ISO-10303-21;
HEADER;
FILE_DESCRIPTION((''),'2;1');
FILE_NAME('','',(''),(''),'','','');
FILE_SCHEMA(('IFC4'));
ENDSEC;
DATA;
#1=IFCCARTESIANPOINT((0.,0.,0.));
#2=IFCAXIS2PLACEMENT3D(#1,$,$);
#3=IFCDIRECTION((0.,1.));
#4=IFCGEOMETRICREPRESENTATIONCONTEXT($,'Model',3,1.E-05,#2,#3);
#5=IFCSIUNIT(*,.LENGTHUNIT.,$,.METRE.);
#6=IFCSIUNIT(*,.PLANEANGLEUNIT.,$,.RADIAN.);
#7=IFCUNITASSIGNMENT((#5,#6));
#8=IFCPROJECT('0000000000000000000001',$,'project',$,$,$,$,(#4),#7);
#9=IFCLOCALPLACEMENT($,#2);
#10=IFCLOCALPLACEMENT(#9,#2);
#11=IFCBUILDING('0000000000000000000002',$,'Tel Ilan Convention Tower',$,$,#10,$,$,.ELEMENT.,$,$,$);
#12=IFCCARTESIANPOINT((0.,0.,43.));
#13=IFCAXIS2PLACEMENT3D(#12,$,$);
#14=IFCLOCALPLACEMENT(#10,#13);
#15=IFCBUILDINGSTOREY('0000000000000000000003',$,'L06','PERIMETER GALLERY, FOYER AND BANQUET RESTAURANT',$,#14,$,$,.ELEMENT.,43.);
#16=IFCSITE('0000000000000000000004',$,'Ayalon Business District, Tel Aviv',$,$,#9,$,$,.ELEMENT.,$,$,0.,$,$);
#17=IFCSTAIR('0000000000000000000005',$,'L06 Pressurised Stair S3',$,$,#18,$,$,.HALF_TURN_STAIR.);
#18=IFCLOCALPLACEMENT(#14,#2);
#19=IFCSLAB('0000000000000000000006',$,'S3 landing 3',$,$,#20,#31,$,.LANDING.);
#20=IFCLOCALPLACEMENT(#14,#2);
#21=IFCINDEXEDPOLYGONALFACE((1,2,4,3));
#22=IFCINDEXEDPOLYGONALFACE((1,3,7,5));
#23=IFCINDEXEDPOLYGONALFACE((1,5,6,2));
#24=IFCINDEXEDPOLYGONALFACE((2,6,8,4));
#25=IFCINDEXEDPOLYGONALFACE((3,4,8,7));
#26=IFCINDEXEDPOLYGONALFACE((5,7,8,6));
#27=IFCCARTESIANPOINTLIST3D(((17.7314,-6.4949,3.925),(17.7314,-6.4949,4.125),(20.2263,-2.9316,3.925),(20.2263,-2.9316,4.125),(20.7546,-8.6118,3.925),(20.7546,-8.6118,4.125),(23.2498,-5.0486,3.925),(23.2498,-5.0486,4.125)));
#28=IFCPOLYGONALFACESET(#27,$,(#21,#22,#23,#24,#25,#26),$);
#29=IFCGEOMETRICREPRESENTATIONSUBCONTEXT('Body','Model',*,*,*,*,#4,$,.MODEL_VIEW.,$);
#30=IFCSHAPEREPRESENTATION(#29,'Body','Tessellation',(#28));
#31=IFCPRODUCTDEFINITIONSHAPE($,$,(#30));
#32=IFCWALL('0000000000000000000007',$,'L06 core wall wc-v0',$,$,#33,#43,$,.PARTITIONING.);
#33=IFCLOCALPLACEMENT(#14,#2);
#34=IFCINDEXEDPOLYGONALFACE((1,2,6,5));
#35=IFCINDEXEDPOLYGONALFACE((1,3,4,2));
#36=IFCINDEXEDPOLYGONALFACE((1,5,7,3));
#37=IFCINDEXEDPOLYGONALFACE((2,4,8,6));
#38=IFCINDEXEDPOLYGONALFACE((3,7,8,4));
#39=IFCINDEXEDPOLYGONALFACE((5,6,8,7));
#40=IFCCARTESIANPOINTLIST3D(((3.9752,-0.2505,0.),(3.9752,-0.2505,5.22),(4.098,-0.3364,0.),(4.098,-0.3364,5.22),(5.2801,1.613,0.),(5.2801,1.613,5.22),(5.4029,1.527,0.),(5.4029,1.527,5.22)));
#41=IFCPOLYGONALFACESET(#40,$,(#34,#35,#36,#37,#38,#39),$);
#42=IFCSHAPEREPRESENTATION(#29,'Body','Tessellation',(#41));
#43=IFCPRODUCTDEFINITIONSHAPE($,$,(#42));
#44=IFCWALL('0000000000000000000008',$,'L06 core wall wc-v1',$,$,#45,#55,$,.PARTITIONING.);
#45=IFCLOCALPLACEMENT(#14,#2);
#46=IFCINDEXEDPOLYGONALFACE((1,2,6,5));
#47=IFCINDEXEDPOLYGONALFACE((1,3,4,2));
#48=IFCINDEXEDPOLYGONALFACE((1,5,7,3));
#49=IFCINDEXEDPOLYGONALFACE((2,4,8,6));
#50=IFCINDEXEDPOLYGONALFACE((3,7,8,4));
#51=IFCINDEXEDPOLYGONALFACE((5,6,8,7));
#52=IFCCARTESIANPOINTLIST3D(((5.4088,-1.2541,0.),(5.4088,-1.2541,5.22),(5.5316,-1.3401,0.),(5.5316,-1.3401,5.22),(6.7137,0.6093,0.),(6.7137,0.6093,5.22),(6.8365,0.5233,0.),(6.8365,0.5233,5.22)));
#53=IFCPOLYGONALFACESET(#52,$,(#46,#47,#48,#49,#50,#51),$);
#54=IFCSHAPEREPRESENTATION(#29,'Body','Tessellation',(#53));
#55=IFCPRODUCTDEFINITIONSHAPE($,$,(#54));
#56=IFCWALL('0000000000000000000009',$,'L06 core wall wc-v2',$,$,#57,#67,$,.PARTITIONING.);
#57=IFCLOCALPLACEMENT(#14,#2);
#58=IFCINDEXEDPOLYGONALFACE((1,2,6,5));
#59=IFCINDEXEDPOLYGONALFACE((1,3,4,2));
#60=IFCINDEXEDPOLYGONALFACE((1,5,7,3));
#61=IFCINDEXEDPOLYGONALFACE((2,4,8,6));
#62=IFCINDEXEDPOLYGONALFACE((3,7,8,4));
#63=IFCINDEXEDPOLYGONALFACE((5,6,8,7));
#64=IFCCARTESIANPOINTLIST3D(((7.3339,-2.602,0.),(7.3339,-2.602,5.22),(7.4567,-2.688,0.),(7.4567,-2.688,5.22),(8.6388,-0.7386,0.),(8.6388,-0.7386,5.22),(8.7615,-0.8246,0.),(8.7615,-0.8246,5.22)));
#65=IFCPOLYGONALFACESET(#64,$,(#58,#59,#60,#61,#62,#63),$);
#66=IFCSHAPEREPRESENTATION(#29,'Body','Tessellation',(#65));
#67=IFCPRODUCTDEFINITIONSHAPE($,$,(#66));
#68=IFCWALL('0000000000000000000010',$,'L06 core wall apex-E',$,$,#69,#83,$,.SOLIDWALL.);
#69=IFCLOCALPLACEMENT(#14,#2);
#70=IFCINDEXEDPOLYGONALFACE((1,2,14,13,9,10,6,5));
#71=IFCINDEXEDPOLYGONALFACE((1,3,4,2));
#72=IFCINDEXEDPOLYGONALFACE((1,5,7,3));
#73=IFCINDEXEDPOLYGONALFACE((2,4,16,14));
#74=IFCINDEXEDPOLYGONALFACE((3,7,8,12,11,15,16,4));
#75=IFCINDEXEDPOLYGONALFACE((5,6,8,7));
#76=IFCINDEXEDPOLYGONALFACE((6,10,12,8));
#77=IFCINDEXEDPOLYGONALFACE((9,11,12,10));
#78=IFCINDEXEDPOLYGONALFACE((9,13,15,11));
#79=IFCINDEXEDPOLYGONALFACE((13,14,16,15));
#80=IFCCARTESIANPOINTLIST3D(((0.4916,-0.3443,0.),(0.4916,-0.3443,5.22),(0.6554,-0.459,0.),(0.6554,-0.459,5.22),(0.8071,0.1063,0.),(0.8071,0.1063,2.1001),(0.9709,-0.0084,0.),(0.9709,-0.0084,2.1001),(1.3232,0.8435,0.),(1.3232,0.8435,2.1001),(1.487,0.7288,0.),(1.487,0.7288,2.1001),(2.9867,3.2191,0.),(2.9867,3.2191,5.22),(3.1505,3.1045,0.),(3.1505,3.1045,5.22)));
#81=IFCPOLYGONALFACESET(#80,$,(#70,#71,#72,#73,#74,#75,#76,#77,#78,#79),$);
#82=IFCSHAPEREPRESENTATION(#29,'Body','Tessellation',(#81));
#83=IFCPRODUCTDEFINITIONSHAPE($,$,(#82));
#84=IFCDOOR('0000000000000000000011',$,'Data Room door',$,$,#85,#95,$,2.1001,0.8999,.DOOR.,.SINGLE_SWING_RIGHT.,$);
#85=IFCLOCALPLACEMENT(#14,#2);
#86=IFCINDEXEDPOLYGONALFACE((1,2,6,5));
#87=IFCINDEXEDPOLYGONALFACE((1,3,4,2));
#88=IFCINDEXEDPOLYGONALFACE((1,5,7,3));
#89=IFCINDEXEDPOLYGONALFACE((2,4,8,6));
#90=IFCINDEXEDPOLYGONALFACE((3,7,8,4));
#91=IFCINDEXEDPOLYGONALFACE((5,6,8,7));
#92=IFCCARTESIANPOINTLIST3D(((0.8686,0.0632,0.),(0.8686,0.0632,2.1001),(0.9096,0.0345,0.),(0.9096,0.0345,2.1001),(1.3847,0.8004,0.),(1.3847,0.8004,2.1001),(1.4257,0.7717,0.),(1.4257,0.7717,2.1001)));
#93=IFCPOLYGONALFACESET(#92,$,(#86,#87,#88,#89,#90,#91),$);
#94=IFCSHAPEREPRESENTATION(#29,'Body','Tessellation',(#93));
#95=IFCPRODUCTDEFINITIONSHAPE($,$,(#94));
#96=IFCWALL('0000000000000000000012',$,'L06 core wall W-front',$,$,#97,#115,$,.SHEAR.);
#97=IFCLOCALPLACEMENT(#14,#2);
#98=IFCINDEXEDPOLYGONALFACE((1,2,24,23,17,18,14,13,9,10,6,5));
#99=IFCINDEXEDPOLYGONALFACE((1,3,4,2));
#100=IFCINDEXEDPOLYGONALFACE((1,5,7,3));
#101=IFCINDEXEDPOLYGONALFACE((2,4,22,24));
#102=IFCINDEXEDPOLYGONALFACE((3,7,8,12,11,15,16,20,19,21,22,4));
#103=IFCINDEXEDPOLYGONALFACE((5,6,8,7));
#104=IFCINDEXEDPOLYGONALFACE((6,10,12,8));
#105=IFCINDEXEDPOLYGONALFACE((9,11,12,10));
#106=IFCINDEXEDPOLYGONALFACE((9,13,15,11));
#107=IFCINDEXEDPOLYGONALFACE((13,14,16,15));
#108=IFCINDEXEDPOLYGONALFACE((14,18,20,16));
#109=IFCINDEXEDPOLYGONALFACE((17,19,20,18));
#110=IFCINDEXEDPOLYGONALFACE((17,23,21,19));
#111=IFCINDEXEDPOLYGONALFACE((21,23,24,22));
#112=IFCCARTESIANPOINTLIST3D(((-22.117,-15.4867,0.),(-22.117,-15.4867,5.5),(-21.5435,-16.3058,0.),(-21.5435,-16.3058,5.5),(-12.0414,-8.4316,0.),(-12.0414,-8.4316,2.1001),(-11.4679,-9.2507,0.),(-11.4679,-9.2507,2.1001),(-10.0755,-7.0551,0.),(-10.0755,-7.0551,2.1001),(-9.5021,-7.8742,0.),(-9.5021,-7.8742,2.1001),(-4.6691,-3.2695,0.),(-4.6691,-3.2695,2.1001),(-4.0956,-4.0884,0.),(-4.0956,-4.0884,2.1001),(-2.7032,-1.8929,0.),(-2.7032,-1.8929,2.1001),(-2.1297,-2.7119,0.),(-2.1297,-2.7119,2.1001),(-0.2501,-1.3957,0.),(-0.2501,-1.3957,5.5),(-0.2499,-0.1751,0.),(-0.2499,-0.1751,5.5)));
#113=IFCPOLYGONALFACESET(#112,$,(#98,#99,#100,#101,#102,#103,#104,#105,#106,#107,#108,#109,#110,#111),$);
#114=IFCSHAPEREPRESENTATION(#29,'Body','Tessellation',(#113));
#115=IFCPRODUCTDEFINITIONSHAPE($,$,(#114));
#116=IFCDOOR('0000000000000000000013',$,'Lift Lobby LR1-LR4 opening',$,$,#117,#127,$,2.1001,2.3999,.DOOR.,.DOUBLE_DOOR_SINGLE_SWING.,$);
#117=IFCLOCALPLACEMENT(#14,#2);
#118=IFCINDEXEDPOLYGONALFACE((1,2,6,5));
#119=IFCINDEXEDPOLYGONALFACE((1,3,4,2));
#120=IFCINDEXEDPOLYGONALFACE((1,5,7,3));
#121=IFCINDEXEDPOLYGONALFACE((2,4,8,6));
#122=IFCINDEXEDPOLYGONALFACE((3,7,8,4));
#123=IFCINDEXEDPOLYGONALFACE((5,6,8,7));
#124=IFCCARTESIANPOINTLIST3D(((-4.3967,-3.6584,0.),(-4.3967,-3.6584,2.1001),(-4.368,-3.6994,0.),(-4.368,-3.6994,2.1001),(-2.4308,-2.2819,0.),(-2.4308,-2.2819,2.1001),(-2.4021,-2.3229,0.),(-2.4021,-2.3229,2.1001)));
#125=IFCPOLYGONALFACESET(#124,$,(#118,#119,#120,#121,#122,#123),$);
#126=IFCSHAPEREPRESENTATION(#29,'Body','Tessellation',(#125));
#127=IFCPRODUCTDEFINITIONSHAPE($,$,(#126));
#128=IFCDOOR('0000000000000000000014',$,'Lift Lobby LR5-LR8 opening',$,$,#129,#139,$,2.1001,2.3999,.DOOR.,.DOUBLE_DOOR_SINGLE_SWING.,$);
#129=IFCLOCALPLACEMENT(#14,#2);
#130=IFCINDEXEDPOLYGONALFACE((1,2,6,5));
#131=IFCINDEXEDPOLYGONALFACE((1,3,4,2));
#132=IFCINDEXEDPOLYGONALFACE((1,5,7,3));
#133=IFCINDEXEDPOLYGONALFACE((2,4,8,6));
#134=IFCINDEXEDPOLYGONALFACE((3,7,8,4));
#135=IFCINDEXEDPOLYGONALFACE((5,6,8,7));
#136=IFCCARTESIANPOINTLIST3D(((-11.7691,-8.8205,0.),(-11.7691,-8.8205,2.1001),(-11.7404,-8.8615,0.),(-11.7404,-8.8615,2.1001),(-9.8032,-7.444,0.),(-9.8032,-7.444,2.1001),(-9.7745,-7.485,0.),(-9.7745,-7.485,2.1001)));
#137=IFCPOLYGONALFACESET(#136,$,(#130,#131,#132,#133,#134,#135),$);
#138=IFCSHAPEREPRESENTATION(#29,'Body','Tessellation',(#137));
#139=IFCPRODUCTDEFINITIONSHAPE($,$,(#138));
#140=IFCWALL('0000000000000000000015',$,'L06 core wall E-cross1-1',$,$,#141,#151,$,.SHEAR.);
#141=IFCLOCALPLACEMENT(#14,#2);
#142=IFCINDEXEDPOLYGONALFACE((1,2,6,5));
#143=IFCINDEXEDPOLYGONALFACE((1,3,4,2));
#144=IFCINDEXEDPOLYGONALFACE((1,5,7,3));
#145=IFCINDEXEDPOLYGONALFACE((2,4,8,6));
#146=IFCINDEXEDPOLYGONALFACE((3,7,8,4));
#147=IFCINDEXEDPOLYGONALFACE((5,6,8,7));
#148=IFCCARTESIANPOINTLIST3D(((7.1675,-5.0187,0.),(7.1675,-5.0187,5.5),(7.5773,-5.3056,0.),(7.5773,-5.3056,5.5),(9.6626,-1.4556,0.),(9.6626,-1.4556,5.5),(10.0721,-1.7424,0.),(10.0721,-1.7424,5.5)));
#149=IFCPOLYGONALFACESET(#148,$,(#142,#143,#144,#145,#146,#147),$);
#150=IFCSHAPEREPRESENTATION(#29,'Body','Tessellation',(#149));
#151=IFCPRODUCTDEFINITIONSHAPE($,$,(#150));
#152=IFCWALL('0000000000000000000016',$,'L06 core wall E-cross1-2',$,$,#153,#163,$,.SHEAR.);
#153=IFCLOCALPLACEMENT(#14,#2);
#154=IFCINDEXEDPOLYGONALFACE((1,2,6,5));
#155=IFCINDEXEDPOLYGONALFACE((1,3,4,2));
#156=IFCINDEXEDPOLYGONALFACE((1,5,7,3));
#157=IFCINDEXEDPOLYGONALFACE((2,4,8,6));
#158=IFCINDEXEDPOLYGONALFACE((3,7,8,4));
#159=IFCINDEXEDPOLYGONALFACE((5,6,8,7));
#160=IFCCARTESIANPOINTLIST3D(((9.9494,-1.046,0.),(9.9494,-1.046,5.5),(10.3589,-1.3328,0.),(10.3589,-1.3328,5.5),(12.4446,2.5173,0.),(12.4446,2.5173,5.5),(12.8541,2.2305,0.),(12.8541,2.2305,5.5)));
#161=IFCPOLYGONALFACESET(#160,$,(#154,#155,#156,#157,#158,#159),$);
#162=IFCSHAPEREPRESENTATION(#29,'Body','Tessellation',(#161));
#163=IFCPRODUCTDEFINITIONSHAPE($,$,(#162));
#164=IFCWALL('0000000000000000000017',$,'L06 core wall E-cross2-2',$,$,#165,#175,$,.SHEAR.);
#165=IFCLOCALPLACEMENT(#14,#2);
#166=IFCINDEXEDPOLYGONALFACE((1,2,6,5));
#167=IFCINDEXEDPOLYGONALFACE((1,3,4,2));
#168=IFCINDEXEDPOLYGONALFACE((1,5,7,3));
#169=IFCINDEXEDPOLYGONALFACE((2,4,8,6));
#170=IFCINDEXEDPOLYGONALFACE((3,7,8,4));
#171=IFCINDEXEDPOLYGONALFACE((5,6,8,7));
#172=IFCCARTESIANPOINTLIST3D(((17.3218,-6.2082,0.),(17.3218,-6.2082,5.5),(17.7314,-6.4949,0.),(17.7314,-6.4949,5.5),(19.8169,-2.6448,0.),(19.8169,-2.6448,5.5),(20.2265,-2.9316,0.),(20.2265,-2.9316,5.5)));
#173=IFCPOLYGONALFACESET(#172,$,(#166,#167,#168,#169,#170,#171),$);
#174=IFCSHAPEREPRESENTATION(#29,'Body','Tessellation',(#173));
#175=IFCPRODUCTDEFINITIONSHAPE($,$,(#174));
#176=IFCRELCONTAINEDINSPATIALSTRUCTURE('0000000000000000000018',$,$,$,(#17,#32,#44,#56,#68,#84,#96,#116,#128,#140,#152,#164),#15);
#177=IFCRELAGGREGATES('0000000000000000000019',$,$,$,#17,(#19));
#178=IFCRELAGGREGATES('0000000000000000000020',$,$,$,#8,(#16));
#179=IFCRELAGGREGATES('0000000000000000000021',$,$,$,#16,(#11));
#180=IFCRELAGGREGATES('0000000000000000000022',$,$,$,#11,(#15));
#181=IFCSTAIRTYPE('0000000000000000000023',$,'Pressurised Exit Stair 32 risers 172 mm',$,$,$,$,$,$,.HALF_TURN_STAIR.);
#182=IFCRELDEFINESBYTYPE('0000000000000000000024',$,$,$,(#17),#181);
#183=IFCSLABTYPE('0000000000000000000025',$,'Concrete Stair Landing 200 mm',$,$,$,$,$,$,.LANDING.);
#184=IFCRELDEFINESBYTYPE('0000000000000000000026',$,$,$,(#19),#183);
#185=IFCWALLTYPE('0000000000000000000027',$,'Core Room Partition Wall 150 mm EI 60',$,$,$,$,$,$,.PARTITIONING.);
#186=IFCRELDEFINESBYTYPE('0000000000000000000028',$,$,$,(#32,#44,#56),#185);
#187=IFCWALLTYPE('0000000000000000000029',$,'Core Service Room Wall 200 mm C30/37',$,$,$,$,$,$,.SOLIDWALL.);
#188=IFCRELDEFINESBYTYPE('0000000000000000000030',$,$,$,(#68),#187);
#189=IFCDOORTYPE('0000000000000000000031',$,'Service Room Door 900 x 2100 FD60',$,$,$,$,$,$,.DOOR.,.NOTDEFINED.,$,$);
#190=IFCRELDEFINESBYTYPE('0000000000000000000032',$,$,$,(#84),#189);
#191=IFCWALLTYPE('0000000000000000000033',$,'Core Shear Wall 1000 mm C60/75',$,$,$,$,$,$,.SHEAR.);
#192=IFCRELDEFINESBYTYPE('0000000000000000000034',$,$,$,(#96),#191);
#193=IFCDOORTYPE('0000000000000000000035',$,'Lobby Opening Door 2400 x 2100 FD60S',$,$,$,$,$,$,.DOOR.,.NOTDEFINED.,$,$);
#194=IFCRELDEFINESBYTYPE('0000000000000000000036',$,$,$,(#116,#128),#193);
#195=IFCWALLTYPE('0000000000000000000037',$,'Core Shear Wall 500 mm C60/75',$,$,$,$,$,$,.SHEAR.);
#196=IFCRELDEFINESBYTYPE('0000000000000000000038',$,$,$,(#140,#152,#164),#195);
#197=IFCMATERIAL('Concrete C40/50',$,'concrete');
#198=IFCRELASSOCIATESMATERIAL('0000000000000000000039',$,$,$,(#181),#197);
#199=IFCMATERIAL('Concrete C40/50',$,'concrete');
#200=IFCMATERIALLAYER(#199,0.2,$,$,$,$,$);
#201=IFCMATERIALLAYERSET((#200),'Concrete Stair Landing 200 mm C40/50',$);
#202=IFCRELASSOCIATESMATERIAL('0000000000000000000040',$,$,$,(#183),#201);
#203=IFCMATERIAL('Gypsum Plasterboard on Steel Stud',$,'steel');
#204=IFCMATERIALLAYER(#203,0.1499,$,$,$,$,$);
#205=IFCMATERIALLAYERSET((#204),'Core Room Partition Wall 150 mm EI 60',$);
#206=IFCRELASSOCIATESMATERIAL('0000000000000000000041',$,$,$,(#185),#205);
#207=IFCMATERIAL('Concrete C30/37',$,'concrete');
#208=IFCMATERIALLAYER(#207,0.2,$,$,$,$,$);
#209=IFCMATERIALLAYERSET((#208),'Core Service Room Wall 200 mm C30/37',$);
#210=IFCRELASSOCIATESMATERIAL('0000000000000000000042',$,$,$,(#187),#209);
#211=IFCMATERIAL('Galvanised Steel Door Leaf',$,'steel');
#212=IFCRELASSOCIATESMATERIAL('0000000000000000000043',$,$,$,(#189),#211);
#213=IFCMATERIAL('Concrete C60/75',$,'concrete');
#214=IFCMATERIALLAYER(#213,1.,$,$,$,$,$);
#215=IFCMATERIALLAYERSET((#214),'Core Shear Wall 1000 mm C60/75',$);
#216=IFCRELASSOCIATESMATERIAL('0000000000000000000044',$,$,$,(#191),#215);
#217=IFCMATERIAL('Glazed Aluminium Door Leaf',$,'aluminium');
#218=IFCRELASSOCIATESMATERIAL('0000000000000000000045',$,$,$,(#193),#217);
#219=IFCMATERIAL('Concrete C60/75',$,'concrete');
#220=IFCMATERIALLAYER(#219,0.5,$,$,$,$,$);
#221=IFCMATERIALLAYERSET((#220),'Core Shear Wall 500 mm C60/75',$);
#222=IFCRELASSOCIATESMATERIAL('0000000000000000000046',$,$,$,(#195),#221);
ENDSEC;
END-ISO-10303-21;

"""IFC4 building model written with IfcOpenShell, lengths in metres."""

from ifc_helpers import new_model, si_unit, direction, frame, frame_2d, origin, place, context, subcontext, project, spatial, polyline, rectangle, outline, extrude, material, layer, layer_set, type_object, element, fill, aggregate, save


model = new_model("IFC4")

# Units and contexts
model_context = context("Model", 3, precision=1e-05, world=origin(), true_north=direction((0.0, 1.0)))
body_context = subcontext(model_context, "Body", "Model", "MODEL_VIEW")
ifc_project = project(units=[si_unit("LENGTHUNIT", "METRE"), si_unit("PLANEANGLEUNIT", "RADIAN")], contexts=[model_context])

# Site, building, storey
site_placement = place(None, origin())
site = spatial("IfcSite", under=ifc_project, at=site_placement, Name="Ayalon Business District, Tel Aviv", CompositionType="ELEMENT", RefElevation=0.0)
building_placement = place(site_placement, origin())
building = spatial("IfcBuilding", under=site, at=building_placement, Name="Tel Ilan Convention Tower", CompositionType="ELEMENT")
storey_placement = place(building_placement, frame((0.0, 0.0, 43.0)))
storey = spatial("IfcBuildingStorey", under=building, at=storey_placement, Name="L06", Description="PERIMETER GALLERY, FOYER AND BANQUET RESTAURANT", CompositionType="ELEMENT", Elevation=43.0)

# Stair, slab
ifc_material_1 = material(Name="Concrete C40/50", Category="concrete")
stair_type = type_object("IfcStairType", Name="Pressurised Exit Stair 32 risers 172 mm", PredefinedType="HALF_TURN_STAIR", material=ifc_material_1)
stair_placement = place(storey_placement, origin())
stair = element("IfcStair", 1, at=stair_placement, inside=storey, type_object=stair_type, Name="L06 Pressurised Stair S3", PredefinedType="HALF_TURN_STAIR")
ifc_material_2 = material(Name="Concrete C40/50", Category="concrete")
ifc_layer_1 = layer(ifc_material_2, 0.2)
ifc_layer_set_1 = layer_set([ifc_layer_1], Name="Concrete Stair Landing 200 mm C40/50")
slab_type = type_object("IfcSlabType", Name="Concrete Stair Landing 200 mm", PredefinedType="LANDING", material=ifc_layer_set_1)
slab_placement = place(storey_placement, frame((0.0, 0.0, 3.925)))
slab = element("IfcSlab", 2, at=slab_placement, type_object=slab_type, Name="S3 landing 3", PredefinedType="LANDING", context=body_context, shape_type="SweptSolid", body=[
    extrude(outline(polyline([(23.2498, -5.0486), (20.2263, -2.9316), (17.7314, -6.4949), (20.7546, -8.6118), (23.2498, -5.0486)])), origin(), (0.0, 0.0, 1.0), 0.2),
])
aggregate(stair, [slab])

# Walls
ifc_material_3 = material(Name="Gypsum Plasterboard on Steel Stud", Category="steel")
ifc_layer_2 = layer(ifc_material_3, 0.1499)
ifc_layer_set_2 = layer_set([ifc_layer_2], Name="Core Room Partition Wall 150 mm EI 60")
wall_type_1 = type_object("IfcWallType", Name="Core Room Partition Wall 150 mm EI 60", PredefinedType="PARTITIONING", material=ifc_layer_set_2)
for number, where, z_axis, x_axis, name in (
    (3, (4.0366, -0.2935, 0.0), (0.0, 0.0, 1.0), (0.573599, 0.819136, 0.0), "L06 core wall wc-v0"),
    (4, (5.4702, -1.2971, 0.0), (0.0, 0.0, 1.0), (0.573599, 0.819136, 0.0), "L06 core wall wc-v1"),
    (5, (7.3953, -2.645, 0.0), (0.0, 0.0, 1.0), (0.573599, 0.819136, 0.0), "L06 core wall wc-v2"),
):
    element("IfcWall", number, at=place(storey_placement, frame(where, z_axis=z_axis, x_axis=x_axis)), inside=storey, type_object=wall_type_1, Name=name, PredefinedType="PARTITIONING", context=body_context, shape_type="SweptSolid", body=[
        extrude(rectangle(XDim=2.2749, YDim=0.1499, at=frame_2d((1.1375, 0.0))), origin(), (0.0, 0.0, 1.0), 5.22),
    ])

# Wall, opening, door
ifc_material_4 = material(Name="Concrete C30/37", Category="concrete")
ifc_layer_3 = layer(ifc_material_4, 0.2)
ifc_layer_set_3 = layer_set([ifc_layer_3], Name="Core Service Room Wall 200 mm C30/37")
wall_type_2 = type_object("IfcWallType", Name="Core Service Room Wall 200 mm C30/37", PredefinedType="SOLIDWALL", material=ifc_layer_set_3)
wall_1_placement = place(storey_placement, frame((0.5735, -0.4016, 0.0), z_axis=(0.0, 0.0, 1.0), x_axis=(0.573568, 0.819158, 0.0)))
wall_1 = element("IfcWall", 6, at=wall_1_placement, inside=storey, type_object=wall_type_2, Name="L06 core wall apex-E", PredefinedType="SOLIDWALL", context=body_context, shape_type="SweptSolid", body=[
    extrude(rectangle(XDim=4.3501, YDim=0.2, at=frame_2d((2.175, 0.0))), origin(), (0.0, 0.0, 1.0), 5.22),
])
opening_1_placement = place(wall_1_placement, frame((0.55, 0.0, 0.0)))
opening_1 = element("IfcOpeningElement", 7, at=opening_1_placement, cuts=wall_1, PredefinedType="OPENING", context=body_context, shape_type="SweptSolid", body=[
    extrude(rectangle(XDim=0.8999, YDim=2.1001, at=frame_2d((0.45, 1.05))), frame((0.0, 0.1099, 0.0), z_axis=(0.0, -1.0, 0.0), x_axis=(1.0, 0.0, 0.0)), (0.0, 0.0, 1.0), 0.22),
])
ifc_material_5 = material(Name="Galvanised Steel Door Leaf", Category="steel")
door_type_1 = type_object("IfcDoorType", Name="Service Room Door 900 x 2100 FD60", OperationType="NOTDEFINED", PredefinedType="DOOR", material=ifc_material_5)
door_1_placement = place(opening_1_placement, origin())
door_1 = element("IfcDoor", 8, at=door_1_placement, inside=storey, type_object=door_type_1, Name="Data Room door", OperationType="SINGLE_SWING_RIGHT", OverallHeight=2.1001, OverallWidth=0.8999, PredefinedType="DOOR", context=body_context, shape_type="SweptSolid", body=[
    extrude(rectangle(XDim=0.8999, YDim=2.1001, at=frame_2d((0.45, 1.05))), frame((0.0, 0.0249, 0.0), z_axis=(0.0, -1.0, 0.0), x_axis=(1.0, 0.0, 0.0)), (0.0, 0.0, 1.0), 0.05),
])
fill(opening_1, door_1)

# Wall, openings, doors
ifc_material_6 = material(Name="Concrete C60/75", Category="concrete")
ifc_layer_4 = layer(ifc_material_6, 1.0)
ifc_layer_set_4 = layer_set([ifc_layer_4], Name="Core Shear Wall 1000 mm C60/75")
wall_type_3 = type_object("IfcWallType", Name="Core Shear Wall 1000 mm C60/75", PredefinedType="SHEAR", material=ifc_layer_set_4)
wall_2_placement = place(storey_placement, frame((0.0369, -0.5847, 0.0), z_axis=(0.0, 0.0, 1.0), x_axis=(-0.819157, -0.573569, 0.0)))
wall_2 = element("IfcWall", 9, at=wall_2_placement, inside=storey, type_object=wall_type_3, Name="L06 core wall W-front", PredefinedType="SHEAR", context=body_context, shape_type="SweptSolid", body=[
    extrude(outline(polyline([(26.6948, 0.5002), (0.7002, 0.4998), (0.0, -0.5), (26.6948, -0.4998), (26.6948, 0.5002)])), origin(), (0.0, 0.0, 1.0), 5.5),
])
opening_2_placement = place(wall_2_placement, frame((2.9949, 0.0, 0.0)))
opening_2 = element("IfcOpeningElement", 10, at=opening_2_placement, cuts=wall_2, PredefinedType="OPENING", context=body_context, shape_type="SweptSolid", body=[
    extrude(rectangle(XDim=2.3999, YDim=2.1001, at=frame_2d((1.2, 1.05))), frame((0.0, 0.51, 0.0), z_axis=(0.0, -1.0, 0.0), x_axis=(1.0, 0.0, 0.0)), (0.0, 0.0, 1.0), 1.02),
])
opening_3_placement = place(wall_2_placement, frame((11.9949, 0.0, 0.0)))
opening_3 = element("IfcOpeningElement", 11, at=opening_3_placement, cuts=wall_2, PredefinedType="OPENING", context=body_context, shape_type="SweptSolid", body=[
    extrude(rectangle(XDim=2.3999, YDim=2.1001, at=frame_2d((1.2, 1.05))), frame((0.0, 0.51, 0.0), z_axis=(0.0, -1.0, 0.0), x_axis=(1.0, 0.0, 0.0)), (0.0, 0.0, 1.0), 1.02),
])
ifc_material_7 = material(Name="Glazed Aluminium Door Leaf", Category="aluminium")
door_type_2 = type_object("IfcDoorType", Name="Lobby Opening Door 2400 x 2100 FD60S", OperationType="NOTDEFINED", PredefinedType="DOOR", material=ifc_material_7)
door_2_placement = place(opening_2_placement, origin())
door_2 = element("IfcDoor", 12, at=door_2_placement, inside=storey, type_object=door_type_2, Name="Lift Lobby LR1-LR4 opening", OperationType="DOUBLE_DOOR_SINGLE_SWING", OverallHeight=2.1001, OverallWidth=2.3999, PredefinedType="DOOR", context=body_context, shape_type="SweptSolid", body=[
    extrude(rectangle(XDim=2.3999, YDim=2.1001, at=frame_2d((1.2, 1.05))), frame((0.0, 0.0249, 0.0), z_axis=(0.0, -1.0, 0.0), x_axis=(1.0, 0.0, 0.0)), (0.0, 0.0, 1.0), 0.05),
])
fill(opening_2, door_2)
door_3_placement = place(opening_3_placement, origin())
door_3 = element("IfcDoor", 13, at=door_3_placement, inside=storey, type_object=door_type_2, Name="Lift Lobby LR5-LR8 opening", OperationType="DOUBLE_DOOR_SINGLE_SWING", OverallHeight=2.1001, OverallWidth=2.3999, PredefinedType="DOOR", context=body_context, shape_type="SweptSolid", body=[
    extrude(rectangle(XDim=2.3999, YDim=2.1001, at=frame_2d((1.2, 1.05))), frame((0.0, 0.0249, 0.0), z_axis=(0.0, -1.0, 0.0), x_axis=(1.0, 0.0, 0.0)), (0.0, 0.0, 1.0), 0.05),
])
fill(opening_3, door_3)

# Walls
ifc_material_8 = material(Name="Concrete C60/75", Category="concrete")
ifc_layer_5 = layer(ifc_material_8, 0.5)
ifc_layer_set_5 = layer_set([ifc_layer_5], Name="Core Shear Wall 500 mm C60/75")
wall_type_4 = type_object("IfcWallType", Name="Core Shear Wall 500 mm C60/75", PredefinedType="SHEAR", material=ifc_layer_set_5)
wall_3_placement = place(storey_placement, frame((7.3723, -5.1621, 0.0), z_axis=(0.0, 0.0, 1.0), x_axis=(0.573594, 0.81914, 0.0)))
element("IfcWall", 14, at=wall_3_placement, inside=storey, type_object=wall_type_4, Name="L06 core wall E-cross1-1", PredefinedType="SHEAR", context=body_context, shape_type="SweptSolid", body=[
    extrude(outline(polyline([(0.0, 0.25), (0.0, -0.2502), (4.3499, -0.25), (4.3499, 0.25), (0.0, 0.25)])), origin(), (0.0, 0.0, 1.0), 5.5),
])
wall_4_placement = place(storey_placement, frame((10.1543, -1.1892, 0.0), z_axis=(0.0, 0.0, 1.0), x_axis=(0.573594, 0.81914, 0.0)))
element("IfcWall", 15, at=wall_4_placement, inside=storey, type_object=wall_type_4, Name="L06 core wall E-cross1-2", PredefinedType="SHEAR", context=body_context, shape_type="SweptSolid", body=[
    extrude(outline(polyline([(4.3499, -0.25), (4.3499, 0.25), (-0.0002, 0.25), (-0.0002, -0.25), (4.3499, -0.25)])), origin(), (0.0, 0.0, 1.0), 5.5),
])
wall_5_placement = place(storey_placement, frame((17.5266, -6.3516, 0.0), z_axis=(0.0, 0.0, 1.0), x_axis=(0.57353, 0.819184, 0.0)))
element("IfcWall", 16, at=wall_5_placement, inside=storey, type_object=wall_type_4, Name="L06 core wall E-cross2-2", PredefinedType="SHEAR", context=body_context, shape_type="SweptSolid", body=[
    extrude(outline(polyline([(4.3501, -0.2502), (4.3501, 0.2498), (0.0, 0.25), (0.0, -0.25), (4.3501, -0.2502)])), origin(), (0.0, 0.0, 1.0), 5.5),
])

save(model, "model.ifc")
